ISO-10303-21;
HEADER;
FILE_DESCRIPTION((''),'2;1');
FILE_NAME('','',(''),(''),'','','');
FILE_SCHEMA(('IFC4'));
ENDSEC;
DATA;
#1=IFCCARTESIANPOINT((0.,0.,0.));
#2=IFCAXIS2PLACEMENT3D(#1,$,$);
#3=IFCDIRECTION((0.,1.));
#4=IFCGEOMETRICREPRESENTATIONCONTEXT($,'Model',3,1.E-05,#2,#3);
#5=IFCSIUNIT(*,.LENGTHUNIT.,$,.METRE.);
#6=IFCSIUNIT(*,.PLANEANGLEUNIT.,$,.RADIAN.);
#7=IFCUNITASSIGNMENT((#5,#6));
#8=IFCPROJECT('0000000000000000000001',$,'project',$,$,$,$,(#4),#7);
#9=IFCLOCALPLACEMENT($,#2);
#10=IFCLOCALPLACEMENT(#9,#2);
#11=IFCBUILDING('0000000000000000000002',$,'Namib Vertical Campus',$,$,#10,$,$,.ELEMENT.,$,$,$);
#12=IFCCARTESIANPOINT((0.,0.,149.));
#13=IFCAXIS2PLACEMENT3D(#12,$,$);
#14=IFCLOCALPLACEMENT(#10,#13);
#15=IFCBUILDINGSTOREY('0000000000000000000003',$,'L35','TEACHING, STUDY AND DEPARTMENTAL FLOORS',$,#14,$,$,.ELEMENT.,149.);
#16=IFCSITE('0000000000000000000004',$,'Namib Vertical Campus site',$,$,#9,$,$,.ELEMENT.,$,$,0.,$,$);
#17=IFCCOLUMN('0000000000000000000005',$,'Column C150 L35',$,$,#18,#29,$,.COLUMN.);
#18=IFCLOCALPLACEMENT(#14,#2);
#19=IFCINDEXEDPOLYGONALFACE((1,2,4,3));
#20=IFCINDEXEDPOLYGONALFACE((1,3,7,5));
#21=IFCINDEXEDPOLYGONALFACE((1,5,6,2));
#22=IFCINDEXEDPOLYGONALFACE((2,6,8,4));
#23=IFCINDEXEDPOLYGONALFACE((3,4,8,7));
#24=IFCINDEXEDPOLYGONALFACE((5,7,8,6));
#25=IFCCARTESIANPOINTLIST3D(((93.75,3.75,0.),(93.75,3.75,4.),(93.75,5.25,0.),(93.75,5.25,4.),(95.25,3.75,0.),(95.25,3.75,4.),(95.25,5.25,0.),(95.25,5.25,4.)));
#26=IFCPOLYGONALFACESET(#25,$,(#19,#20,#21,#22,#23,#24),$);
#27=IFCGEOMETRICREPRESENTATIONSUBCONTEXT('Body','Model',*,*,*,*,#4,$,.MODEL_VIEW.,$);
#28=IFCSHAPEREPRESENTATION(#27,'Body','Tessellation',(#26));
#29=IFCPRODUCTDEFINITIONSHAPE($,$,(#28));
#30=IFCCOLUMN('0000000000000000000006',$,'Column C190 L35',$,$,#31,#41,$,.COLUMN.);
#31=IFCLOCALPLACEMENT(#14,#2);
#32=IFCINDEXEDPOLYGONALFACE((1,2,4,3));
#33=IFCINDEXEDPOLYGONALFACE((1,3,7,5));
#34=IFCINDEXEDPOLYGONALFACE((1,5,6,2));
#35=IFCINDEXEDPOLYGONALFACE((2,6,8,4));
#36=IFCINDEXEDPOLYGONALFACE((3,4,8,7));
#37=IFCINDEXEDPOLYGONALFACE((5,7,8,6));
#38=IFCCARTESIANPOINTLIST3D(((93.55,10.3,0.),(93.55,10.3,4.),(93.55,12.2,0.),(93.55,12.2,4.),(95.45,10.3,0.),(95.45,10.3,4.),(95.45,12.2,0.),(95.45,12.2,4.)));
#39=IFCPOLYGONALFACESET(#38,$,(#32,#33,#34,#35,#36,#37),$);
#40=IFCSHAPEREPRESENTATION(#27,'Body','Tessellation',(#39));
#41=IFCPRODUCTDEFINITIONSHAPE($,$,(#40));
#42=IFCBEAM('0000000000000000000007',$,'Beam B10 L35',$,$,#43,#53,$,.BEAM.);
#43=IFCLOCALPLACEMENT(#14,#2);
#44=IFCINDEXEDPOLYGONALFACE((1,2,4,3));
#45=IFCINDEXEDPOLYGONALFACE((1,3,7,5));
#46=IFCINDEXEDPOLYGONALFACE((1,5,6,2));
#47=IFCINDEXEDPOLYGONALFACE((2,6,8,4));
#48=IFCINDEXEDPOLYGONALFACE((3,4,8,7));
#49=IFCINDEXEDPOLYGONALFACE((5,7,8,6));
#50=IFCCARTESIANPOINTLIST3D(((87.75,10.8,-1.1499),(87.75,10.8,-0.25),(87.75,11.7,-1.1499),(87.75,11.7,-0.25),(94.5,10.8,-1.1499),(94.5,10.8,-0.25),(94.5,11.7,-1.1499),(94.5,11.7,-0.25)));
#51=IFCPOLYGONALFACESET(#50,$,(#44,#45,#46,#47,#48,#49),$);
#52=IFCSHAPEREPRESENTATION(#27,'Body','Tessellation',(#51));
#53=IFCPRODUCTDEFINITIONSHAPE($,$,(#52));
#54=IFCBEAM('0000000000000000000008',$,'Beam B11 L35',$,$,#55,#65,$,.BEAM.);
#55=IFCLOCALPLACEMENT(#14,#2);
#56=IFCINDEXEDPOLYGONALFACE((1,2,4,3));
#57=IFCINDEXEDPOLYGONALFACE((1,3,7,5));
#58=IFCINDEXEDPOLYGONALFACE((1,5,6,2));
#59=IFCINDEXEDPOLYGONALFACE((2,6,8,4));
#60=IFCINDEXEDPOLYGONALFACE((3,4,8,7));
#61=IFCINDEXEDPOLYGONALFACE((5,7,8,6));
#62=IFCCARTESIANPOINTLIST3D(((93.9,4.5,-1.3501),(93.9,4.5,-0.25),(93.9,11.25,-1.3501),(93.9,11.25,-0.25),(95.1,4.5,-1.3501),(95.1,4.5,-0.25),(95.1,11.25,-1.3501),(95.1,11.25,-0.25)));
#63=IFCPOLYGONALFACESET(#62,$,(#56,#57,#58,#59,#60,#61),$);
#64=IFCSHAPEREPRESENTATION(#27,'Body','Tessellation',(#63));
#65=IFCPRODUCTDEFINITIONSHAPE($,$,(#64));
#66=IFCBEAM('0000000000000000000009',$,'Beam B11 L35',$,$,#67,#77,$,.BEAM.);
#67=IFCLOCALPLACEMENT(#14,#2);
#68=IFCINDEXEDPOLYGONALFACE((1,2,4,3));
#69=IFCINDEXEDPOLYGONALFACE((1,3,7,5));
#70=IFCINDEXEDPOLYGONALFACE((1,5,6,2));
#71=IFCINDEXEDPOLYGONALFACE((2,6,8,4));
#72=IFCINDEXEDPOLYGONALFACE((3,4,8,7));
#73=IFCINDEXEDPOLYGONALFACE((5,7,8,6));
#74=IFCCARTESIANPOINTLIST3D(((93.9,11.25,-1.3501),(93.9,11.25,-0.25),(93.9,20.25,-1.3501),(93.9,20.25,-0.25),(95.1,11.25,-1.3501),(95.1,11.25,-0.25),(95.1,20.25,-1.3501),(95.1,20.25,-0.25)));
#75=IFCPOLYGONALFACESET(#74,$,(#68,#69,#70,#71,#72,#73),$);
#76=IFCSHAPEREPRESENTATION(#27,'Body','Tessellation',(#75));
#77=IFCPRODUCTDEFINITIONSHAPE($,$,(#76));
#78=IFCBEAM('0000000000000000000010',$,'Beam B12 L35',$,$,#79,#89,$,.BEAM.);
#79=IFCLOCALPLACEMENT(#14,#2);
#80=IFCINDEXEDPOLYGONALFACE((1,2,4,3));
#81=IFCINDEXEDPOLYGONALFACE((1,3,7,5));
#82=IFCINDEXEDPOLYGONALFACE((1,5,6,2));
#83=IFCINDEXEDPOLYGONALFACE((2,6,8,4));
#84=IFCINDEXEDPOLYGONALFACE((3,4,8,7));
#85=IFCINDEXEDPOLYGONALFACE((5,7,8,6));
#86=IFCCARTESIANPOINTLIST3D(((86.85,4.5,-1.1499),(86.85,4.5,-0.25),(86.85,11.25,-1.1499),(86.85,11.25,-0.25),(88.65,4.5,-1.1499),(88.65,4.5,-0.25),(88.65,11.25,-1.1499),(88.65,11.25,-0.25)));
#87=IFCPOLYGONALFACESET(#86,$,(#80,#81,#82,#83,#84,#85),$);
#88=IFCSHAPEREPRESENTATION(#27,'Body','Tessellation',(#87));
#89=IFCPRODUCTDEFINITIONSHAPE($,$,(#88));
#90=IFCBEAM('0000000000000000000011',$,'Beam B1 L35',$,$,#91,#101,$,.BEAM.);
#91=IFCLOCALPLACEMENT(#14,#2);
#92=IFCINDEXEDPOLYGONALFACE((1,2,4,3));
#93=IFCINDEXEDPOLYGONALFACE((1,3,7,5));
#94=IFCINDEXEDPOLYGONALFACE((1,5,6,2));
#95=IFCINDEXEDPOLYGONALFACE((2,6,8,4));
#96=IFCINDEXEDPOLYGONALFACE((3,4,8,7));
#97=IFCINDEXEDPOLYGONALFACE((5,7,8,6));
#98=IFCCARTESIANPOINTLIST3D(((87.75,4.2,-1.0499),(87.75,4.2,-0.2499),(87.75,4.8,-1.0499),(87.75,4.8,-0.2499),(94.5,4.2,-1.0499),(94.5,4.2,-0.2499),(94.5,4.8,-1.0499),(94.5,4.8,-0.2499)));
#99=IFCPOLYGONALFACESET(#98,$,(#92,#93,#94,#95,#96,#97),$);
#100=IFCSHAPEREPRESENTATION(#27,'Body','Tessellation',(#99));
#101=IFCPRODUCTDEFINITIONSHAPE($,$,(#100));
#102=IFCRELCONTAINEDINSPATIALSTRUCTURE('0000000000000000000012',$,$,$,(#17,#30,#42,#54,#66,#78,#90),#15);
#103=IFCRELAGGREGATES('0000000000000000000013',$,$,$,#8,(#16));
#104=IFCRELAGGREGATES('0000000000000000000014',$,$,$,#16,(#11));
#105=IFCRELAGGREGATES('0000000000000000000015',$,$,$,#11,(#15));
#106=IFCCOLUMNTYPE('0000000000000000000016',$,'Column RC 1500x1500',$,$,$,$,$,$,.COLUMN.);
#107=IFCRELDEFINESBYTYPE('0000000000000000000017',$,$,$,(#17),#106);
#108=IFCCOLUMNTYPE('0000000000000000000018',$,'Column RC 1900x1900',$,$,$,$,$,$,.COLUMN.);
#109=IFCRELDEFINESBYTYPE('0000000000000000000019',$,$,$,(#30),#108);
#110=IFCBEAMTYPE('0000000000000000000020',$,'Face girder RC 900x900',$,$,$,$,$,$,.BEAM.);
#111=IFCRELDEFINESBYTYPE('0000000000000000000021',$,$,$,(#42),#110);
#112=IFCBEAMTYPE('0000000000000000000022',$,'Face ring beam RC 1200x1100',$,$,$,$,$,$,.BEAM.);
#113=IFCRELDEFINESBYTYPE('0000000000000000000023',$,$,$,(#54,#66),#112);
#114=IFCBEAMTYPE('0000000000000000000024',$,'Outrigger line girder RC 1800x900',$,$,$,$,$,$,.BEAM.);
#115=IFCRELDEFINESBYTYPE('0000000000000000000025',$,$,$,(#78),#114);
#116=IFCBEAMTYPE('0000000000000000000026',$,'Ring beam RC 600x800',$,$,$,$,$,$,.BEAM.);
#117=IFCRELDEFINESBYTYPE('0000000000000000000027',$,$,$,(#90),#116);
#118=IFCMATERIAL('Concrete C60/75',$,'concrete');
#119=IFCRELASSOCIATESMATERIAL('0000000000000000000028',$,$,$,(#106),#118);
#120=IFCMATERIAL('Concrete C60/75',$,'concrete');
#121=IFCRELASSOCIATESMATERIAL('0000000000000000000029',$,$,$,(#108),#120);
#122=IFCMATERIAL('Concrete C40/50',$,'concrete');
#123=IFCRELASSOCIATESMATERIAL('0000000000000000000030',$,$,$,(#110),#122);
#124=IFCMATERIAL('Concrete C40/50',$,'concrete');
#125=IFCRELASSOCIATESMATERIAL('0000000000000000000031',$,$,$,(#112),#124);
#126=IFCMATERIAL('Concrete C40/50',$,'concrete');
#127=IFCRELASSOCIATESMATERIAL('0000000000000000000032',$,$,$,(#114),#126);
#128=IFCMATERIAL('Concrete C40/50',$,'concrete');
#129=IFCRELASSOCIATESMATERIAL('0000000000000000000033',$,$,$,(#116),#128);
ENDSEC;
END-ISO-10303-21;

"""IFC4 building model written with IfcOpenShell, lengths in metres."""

from ifc_helpers import new_model, si_unit, direction, frame, origin, origin_2d, place, context, subcontext, project, spatial, rectangle, extrude, material, material_profile, profile_set, type_object, element, save


model = new_model("IFC4")

# Units and contexts
model_context = context("Model", 3, precision=1e-05, world=origin(), true_north=direction((0.0, 1.0)))
body_context = subcontext(model_context, "Body", "Model", "MODEL_VIEW")
ifc_project = project(units=[si_unit("LENGTHUNIT", "METRE"), si_unit("PLANEANGLEUNIT", "RADIAN")], contexts=[model_context])

# Site, building, storey
site_placement = place(None, origin())
site = spatial("IfcSite", under=ifc_project, at=site_placement, Name="Namib Vertical Campus site", CompositionType="ELEMENT", RefElevation=0.0)
building_placement = place(site_placement, origin())
building = spatial("IfcBuilding", under=site, at=building_placement, Name="Namib Vertical Campus", CompositionType="ELEMENT")
storey_placement = place(building_placement, frame((0.0, 0.0, 149.0)))
storey = spatial("IfcBuildingStorey", under=building, at=storey_placement, Name="L35", Description="TEACHING, STUDY AND DEPARTMENTAL FLOORS", CompositionType="ELEMENT", Elevation=149.0)

# Columns
ifc_material_1 = material(Name="Concrete C60/75", Category="concrete")
ifc_material_profile_1 = material_profile(ifc_material_1, rectangle(XDim=1.5, YDim=1.5, at=origin_2d()))
ifc_profile_set_1 = profile_set([ifc_material_profile_1], Name="Concrete C60/75")
column_type_1 = type_object("IfcColumnType", Name="Column RC 1500x1500", PredefinedType="COLUMN", material=ifc_profile_set_1)
column_1_placement = place(storey_placement, frame((94.5, 4.5, 0.0), z_axis=(0.0, 0.0, 1.0), x_axis=(1.0, 0.0, 0.0)))
element("IfcColumn", 1, at=column_1_placement, inside=storey, type_object=column_type_1, Name="Column C150 L35", PredefinedType="COLUMN", context=body_context, shape_type="SweptSolid", body=[
    extrude(rectangle(XDim=1.5, YDim=1.5, at=origin_2d()), origin(), (0.0, 0.0, 1.0), 4.0),
])
ifc_material_2 = material(Name="Concrete C60/75", Category="concrete")
ifc_material_profile_2 = material_profile(ifc_material_2, rectangle(XDim=1.8999, YDim=1.8999, at=origin_2d()))
ifc_profile_set_2 = profile_set([ifc_material_profile_2], Name="Concrete C60/75")
column_type_2 = type_object("IfcColumnType", Name="Column RC 1900x1900", PredefinedType="COLUMN", material=ifc_profile_set_2)
column_2_placement = place(storey_placement, frame((94.5, 11.25, 0.0), z_axis=(0.0, 0.0, 1.0), x_axis=(1.0, 0.0, 0.0)))
element("IfcColumn", 2, at=column_2_placement, inside=storey, type_object=column_type_2, Name="Column C190 L35", PredefinedType="COLUMN", context=body_context, shape_type="SweptSolid", body=[
    extrude(rectangle(XDim=1.8999, YDim=1.8999, at=origin_2d()), origin(), (0.0, 0.0, 1.0), 4.0),
])

# Beams
ifc_material_3 = material(Name="Concrete C40/50", Category="concrete")
ifc_material_profile_3 = material_profile(ifc_material_3, rectangle(XDim=0.8999, YDim=0.8999, at=origin_2d()))
ifc_profile_set_3 = profile_set([ifc_material_profile_3], Name="Concrete C40/50")
beam_type_1 = type_object("IfcBeamType", Name="Face girder RC 900x900", PredefinedType="BEAM", material=ifc_profile_set_3)
beam_1_placement = place(storey_placement, frame((94.5, 11.25, -0.7), z_axis=(-1.0, 0.0, 0.0), x_axis=(0.0, -1.0, 0.0)))
element("IfcBeam", 3, at=beam_1_placement, inside=storey, type_object=beam_type_1, Name="Beam B10 L35", PredefinedType="BEAM", context=body_context, shape_type="SweptSolid", body=[
    extrude(rectangle(XDim=0.8999, YDim=0.8999, at=origin_2d()), origin(), (0.0, 0.0, 1.0), 6.75),
])
ifc_material_4 = material(Name="Concrete C40/50", Category="concrete")
ifc_material_profile_4 = material_profile(ifc_material_4, rectangle(XDim=1.2, YDim=1.1001, at=origin_2d()))
ifc_profile_set_4 = profile_set([ifc_material_profile_4], Name="Concrete C40/50")
beam_type_2 = type_object("IfcBeamType", Name="Face ring beam RC 1200x1100", PredefinedType="BEAM", material=ifc_profile_set_4)
beam_2_placement = place(storey_placement, frame((94.5, 4.5, -0.8), z_axis=(0.0, 1.0, 0.0), x_axis=(-1.0, 0.0, 0.0)))
element("IfcBeam", 4, at=beam_2_placement, inside=storey, type_object=beam_type_2, Name="Beam B11 L35", PredefinedType="BEAM", context=body_context, shape_type="SweptSolid", body=[
    extrude(rectangle(XDim=1.2, YDim=1.1001, at=origin_2d()), origin(), (0.0, 0.0, 1.0), 6.75),
])
beam_3_placement = place(storey_placement, frame((94.5, 11.25, -0.8), z_axis=(0.0, 1.0, 0.0), x_axis=(-1.0, 0.0, 0.0)))
element("IfcBeam", 5, at=beam_3_placement, inside=storey, type_object=beam_type_2, Name="Beam B11 L35", PredefinedType="BEAM", context=body_context, shape_type="SweptSolid", body=[
    extrude(rectangle(XDim=1.2, YDim=1.1001, at=origin_2d()), origin(), (0.0, 0.0, 1.0), 9.0),
])
ifc_material_5 = material(Name="Concrete C40/50", Category="concrete")
ifc_material_profile_5 = material_profile(ifc_material_5, rectangle(XDim=1.8, YDim=0.8999, at=origin_2d()))
ifc_profile_set_5 = profile_set([ifc_material_profile_5], Name="Concrete C40/50")
beam_type_3 = type_object("IfcBeamType", Name="Outrigger line girder RC 1800x900", PredefinedType="BEAM", material=ifc_profile_set_5)
beam_4_placement = place(storey_placement, frame((87.75, 4.5, -0.7), z_axis=(0.0, 1.0, 0.0), x_axis=(-1.0, 0.0, 0.0)))
element("IfcBeam", 6, at=beam_4_placement, inside=storey, type_object=beam_type_3, Name="Beam B12 L35", PredefinedType="BEAM", context=body_context, shape_type="SweptSolid", body=[
    extrude(rectangle(XDim=1.8, YDim=0.8999, at=origin_2d()), origin(), (0.0, 0.0, 1.0), 6.75),
])
ifc_material_6 = material(Name="Concrete C40/50", Category="concrete")
ifc_material_profile_6 = material_profile(ifc_material_6, rectangle(XDim=0.6001, YDim=0.8, at=origin_2d()))
ifc_profile_set_6 = profile_set([ifc_material_profile_6], Name="Concrete C40/50")
beam_type_4 = type_object("IfcBeamType", Name="Ring beam RC 600x800", PredefinedType="BEAM", material=ifc_profile_set_6)
beam_5_placement = place(storey_placement, frame((87.75, 4.5, -0.6499), z_axis=(1.0, 0.0, 0.0), x_axis=(0.0, 1.0, 0.0)))
element("IfcBeam", 7, at=beam_5_placement, inside=storey, type_object=beam_type_4, Name="Beam B1 L35", PredefinedType="BEAM", context=body_context, shape_type="SweptSolid", body=[
    extrude(rectangle(XDim=0.6001, YDim=0.8, at=origin_2d()), origin(), (0.0, 0.0, 1.0), 6.75),
])

save(model, "model.ifc")
